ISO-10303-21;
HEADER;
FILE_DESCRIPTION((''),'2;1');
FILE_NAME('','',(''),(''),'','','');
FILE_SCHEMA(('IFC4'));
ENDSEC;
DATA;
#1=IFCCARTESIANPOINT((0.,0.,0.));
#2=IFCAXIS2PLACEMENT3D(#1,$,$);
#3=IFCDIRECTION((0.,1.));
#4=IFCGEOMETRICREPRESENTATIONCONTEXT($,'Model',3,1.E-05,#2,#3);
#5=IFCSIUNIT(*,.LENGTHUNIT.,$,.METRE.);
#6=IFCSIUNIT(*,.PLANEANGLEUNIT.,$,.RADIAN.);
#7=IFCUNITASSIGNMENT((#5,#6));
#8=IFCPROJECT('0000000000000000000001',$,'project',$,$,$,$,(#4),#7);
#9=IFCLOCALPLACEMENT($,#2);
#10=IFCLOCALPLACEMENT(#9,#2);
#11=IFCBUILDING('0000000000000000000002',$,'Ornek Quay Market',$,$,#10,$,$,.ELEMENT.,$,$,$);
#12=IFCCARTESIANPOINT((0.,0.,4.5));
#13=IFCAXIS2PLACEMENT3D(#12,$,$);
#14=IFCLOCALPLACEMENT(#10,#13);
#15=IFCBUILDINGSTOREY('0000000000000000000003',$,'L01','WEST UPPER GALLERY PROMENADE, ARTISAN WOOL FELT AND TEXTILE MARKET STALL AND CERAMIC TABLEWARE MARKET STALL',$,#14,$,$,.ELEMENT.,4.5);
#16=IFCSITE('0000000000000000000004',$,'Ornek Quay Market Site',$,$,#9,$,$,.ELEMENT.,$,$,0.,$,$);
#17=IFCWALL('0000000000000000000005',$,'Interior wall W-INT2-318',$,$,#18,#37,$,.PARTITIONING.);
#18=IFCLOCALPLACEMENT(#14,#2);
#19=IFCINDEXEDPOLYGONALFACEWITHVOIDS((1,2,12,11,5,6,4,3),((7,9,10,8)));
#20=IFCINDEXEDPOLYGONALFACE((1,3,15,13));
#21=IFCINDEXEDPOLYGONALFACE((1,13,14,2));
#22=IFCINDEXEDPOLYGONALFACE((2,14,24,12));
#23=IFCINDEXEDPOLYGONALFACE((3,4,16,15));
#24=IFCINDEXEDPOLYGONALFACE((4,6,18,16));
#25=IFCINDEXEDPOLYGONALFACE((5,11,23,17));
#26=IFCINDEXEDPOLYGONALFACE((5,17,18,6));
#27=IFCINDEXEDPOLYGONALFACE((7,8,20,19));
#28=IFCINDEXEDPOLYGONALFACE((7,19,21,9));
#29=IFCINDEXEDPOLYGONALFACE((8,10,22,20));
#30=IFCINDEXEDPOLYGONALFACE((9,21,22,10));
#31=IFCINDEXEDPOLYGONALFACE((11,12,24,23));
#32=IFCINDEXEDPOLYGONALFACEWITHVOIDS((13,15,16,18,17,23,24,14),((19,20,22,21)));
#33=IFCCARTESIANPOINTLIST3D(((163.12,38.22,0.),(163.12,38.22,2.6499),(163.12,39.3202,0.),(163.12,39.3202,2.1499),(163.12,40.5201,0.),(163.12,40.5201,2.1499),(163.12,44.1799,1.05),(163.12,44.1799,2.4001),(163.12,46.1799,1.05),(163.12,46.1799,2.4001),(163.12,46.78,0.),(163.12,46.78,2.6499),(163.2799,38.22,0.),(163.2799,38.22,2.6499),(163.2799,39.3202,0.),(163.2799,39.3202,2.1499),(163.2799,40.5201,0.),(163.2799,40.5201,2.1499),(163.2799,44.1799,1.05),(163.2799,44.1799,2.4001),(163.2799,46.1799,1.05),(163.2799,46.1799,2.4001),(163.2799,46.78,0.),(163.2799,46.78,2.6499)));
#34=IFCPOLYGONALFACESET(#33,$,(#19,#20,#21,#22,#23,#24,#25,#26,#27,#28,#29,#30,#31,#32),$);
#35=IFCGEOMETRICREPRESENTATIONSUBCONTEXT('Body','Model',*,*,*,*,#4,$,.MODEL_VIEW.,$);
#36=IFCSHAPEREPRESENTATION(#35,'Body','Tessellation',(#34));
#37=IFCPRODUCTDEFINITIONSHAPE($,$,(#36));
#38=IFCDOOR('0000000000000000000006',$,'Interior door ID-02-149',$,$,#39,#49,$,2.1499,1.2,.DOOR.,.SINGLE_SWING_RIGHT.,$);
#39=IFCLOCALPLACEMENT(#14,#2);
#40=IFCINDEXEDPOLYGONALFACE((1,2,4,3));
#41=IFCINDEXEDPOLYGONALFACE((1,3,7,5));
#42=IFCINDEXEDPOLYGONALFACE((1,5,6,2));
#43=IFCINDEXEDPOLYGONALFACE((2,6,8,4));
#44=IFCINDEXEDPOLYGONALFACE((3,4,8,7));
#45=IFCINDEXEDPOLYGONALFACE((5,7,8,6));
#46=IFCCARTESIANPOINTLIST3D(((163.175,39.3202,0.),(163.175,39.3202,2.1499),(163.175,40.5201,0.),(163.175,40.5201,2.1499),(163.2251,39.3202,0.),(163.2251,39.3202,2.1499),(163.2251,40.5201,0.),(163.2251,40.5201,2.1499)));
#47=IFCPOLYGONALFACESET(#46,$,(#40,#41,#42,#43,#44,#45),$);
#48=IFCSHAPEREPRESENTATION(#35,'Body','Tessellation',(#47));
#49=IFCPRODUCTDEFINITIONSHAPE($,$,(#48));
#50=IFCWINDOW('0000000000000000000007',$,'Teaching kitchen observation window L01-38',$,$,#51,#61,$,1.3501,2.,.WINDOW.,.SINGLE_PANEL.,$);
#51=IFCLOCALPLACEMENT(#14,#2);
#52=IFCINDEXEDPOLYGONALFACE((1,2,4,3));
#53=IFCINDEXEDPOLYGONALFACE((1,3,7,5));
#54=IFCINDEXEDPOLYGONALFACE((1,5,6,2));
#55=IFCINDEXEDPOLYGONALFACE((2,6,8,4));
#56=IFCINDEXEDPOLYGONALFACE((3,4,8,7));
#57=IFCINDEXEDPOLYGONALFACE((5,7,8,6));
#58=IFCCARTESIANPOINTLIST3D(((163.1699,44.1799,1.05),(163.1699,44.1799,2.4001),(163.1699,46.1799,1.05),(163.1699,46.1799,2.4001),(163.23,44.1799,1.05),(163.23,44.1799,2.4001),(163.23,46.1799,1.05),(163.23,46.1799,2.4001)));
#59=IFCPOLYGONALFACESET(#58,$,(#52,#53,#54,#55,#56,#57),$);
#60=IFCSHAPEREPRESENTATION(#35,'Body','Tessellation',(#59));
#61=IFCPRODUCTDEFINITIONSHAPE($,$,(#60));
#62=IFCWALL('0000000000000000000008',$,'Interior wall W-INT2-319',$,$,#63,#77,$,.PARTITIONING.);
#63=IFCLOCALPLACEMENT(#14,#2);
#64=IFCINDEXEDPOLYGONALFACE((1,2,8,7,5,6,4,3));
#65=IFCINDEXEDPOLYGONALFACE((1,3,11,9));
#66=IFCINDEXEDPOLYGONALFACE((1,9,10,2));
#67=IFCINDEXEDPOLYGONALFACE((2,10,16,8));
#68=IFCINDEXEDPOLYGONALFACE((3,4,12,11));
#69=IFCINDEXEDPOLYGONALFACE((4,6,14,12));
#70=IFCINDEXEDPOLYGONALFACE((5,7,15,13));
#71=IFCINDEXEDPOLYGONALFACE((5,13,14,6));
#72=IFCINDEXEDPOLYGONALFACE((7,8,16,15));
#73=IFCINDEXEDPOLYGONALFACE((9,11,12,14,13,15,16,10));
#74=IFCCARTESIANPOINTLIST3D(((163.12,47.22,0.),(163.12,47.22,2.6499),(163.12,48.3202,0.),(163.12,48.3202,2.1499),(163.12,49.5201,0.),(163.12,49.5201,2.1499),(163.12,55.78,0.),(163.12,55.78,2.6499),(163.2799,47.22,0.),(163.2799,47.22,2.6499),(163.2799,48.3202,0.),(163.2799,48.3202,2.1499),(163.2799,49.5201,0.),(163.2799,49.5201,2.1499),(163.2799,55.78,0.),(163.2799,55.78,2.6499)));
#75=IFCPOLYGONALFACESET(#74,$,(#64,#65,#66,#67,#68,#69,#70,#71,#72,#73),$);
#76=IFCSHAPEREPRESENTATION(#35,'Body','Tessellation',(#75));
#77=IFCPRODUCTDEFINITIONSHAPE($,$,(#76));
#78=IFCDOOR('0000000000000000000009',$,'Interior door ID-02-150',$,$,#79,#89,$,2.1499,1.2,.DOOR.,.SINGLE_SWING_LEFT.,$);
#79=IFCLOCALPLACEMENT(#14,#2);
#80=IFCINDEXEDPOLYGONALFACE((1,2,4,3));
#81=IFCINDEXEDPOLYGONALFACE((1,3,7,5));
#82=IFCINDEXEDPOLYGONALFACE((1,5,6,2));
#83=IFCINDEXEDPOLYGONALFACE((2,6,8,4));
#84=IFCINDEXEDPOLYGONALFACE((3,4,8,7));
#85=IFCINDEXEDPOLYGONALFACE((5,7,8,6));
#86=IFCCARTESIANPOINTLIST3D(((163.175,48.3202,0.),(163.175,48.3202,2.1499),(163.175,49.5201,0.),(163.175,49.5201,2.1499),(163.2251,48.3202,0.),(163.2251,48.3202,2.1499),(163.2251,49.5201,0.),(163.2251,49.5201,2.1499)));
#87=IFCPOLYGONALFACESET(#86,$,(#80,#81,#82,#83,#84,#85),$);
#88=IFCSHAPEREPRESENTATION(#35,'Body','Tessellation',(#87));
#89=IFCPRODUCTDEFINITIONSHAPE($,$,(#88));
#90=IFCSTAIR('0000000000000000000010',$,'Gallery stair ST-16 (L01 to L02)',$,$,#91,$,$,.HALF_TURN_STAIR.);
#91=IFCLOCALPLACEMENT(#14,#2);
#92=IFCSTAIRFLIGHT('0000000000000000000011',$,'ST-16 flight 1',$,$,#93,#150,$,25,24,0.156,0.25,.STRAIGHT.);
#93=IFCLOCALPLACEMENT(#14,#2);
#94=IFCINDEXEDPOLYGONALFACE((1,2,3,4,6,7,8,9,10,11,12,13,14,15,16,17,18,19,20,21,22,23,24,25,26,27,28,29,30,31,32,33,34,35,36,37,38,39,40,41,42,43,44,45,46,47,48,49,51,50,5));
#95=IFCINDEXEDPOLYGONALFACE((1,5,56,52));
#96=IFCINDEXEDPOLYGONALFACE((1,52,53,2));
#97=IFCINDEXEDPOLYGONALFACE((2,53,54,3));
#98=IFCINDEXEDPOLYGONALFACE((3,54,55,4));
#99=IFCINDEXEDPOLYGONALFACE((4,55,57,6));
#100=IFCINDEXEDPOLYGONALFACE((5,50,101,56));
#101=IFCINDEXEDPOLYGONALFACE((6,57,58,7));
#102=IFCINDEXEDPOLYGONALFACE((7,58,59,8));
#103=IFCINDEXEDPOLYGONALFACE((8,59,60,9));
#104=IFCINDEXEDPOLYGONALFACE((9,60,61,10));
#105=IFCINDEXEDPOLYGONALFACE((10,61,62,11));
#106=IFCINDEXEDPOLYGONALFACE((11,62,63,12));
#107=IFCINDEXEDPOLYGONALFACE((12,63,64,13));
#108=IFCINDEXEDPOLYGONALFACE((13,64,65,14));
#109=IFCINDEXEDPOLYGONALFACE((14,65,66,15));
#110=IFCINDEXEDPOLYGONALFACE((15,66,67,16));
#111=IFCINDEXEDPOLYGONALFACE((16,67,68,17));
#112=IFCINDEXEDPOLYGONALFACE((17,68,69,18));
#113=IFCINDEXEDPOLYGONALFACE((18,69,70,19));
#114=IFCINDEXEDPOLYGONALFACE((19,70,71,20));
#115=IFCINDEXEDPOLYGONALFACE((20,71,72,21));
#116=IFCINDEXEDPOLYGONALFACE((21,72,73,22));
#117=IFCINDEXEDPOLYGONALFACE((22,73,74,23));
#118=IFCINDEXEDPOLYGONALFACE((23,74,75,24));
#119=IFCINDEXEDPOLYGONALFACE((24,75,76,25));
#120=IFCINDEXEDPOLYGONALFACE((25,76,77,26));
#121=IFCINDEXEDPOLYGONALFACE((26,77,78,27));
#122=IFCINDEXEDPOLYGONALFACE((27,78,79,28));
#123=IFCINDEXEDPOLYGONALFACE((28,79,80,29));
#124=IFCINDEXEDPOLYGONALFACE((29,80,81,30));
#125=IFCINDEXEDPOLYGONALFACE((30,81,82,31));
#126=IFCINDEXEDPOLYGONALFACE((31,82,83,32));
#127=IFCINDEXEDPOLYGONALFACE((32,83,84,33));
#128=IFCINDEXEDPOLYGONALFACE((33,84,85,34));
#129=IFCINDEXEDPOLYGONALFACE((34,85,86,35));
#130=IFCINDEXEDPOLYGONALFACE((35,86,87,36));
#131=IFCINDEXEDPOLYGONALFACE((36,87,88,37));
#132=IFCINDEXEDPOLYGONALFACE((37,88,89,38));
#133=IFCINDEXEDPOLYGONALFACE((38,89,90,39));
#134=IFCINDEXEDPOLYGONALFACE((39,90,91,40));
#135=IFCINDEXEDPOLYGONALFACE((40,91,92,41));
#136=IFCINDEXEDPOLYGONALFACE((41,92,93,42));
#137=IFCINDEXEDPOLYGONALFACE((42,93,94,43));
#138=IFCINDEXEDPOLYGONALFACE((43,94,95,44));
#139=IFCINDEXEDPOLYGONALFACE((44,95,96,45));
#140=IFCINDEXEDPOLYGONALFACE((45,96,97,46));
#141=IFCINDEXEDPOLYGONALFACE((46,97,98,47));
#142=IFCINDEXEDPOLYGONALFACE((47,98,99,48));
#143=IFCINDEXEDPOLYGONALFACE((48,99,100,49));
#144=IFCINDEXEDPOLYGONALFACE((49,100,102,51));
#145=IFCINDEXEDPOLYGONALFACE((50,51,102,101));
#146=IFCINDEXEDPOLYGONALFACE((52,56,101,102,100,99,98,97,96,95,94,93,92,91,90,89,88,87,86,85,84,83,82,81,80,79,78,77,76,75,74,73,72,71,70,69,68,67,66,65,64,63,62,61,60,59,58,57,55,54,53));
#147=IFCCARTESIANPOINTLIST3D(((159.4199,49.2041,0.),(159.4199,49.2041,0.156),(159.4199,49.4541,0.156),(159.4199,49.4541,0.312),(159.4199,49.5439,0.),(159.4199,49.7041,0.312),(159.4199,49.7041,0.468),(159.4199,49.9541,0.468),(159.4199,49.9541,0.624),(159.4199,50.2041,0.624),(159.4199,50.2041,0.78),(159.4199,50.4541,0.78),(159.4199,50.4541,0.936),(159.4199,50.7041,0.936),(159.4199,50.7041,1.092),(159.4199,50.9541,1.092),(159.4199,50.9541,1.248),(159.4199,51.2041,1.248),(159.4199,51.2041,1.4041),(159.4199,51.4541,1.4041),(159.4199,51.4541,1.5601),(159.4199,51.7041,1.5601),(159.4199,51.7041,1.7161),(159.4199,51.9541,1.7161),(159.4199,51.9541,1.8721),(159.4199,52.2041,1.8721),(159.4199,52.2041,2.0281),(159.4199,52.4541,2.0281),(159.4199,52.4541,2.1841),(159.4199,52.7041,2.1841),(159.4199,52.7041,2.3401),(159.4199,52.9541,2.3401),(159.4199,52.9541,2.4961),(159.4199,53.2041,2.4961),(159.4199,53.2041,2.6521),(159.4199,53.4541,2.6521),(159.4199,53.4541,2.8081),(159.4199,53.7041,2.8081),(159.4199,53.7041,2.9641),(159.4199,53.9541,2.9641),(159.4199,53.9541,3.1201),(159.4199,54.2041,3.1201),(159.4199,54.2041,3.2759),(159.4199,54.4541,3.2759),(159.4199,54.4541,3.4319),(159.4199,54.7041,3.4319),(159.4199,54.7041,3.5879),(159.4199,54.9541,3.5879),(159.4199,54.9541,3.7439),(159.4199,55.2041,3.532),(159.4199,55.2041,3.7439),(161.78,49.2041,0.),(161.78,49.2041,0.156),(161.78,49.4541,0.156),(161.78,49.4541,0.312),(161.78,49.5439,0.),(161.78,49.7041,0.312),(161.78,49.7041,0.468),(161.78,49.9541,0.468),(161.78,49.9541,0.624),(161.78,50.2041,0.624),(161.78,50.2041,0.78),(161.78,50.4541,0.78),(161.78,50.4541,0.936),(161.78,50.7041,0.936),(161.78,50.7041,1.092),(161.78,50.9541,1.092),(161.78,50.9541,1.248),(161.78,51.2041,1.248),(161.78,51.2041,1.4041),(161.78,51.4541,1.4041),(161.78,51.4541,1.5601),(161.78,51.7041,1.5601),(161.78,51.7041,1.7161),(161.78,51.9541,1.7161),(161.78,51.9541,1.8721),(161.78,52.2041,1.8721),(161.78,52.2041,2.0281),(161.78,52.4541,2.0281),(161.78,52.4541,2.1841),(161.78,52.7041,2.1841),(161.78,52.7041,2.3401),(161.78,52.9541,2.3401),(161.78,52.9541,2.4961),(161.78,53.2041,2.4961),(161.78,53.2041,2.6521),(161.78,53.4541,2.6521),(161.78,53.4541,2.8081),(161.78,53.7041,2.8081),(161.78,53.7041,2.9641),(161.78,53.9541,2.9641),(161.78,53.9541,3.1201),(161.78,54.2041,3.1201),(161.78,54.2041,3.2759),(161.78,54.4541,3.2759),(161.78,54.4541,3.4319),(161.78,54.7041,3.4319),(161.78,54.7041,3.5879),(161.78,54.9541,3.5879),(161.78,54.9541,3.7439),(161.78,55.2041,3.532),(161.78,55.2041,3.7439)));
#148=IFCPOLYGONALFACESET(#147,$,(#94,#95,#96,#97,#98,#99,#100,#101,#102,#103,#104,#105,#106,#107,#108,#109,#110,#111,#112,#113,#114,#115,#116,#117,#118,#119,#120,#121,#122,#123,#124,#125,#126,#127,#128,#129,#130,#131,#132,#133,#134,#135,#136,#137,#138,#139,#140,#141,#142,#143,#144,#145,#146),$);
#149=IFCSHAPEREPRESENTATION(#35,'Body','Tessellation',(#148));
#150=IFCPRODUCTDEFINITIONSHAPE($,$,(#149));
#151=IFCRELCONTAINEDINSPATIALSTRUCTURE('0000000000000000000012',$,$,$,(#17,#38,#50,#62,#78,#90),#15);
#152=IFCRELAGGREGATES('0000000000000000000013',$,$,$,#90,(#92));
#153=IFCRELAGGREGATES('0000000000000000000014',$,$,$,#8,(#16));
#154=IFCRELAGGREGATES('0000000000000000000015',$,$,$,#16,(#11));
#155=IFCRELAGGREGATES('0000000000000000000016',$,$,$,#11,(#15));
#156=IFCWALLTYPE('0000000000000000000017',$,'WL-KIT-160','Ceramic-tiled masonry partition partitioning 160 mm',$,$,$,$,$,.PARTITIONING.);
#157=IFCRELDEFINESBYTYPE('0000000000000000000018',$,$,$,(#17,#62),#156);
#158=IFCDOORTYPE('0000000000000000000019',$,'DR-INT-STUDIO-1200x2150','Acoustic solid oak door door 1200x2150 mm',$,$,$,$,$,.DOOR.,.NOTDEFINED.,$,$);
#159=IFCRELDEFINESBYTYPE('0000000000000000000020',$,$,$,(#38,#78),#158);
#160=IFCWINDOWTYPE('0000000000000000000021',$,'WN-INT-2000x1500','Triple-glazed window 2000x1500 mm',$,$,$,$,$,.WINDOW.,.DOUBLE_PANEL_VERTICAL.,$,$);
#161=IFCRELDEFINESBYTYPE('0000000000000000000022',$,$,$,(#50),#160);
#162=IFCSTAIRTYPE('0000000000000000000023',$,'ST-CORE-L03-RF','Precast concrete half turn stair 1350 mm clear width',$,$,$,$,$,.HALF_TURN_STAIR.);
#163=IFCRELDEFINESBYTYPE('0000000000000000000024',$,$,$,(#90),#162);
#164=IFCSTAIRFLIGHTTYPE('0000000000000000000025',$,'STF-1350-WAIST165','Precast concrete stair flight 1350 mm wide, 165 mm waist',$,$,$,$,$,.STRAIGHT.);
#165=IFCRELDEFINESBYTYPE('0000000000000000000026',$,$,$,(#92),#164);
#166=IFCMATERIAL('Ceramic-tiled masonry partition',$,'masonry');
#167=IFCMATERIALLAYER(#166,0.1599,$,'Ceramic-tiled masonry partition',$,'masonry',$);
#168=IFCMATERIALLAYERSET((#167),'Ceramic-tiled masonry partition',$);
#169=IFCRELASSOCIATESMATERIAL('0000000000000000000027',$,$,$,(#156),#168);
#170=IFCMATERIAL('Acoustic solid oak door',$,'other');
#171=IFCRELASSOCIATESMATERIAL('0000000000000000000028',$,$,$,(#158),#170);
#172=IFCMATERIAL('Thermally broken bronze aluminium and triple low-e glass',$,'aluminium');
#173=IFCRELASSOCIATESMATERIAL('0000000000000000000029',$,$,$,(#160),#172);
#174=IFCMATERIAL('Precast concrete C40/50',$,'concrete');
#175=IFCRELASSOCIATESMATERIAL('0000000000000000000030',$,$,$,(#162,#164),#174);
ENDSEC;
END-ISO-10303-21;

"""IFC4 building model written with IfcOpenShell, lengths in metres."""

from ifc_helpers import new_model, si_unit, direction, frame, frame_2d, origin, place, context, subcontext, project, spatial, polyline, rectangle, outline, extrude, material, layer, layer_set, type_object, element, fill, aggregate, save


model = new_model("IFC4")

# Units and contexts
model_context = context("Model", 3, precision=1e-05, world=origin(), true_north=direction((0.0, 1.0)))
body_context = subcontext(model_context, "Body", "Model", "MODEL_VIEW")
ifc_project = project(units=[si_unit("LENGTHUNIT", "METRE"), si_unit("PLANEANGLEUNIT", "RADIAN")], contexts=[model_context])

# Site, building, storey
site_placement = place(None, origin())
site = spatial("IfcSite", under=ifc_project, at=site_placement, Name="Ornek Quay Market Site", CompositionType="ELEMENT", RefElevation=0.0)
building_placement = place(site_placement, origin())
building = spatial("IfcBuilding", under=site, at=building_placement, Name="Ornek Quay Market", CompositionType="ELEMENT")
storey_placement = place(building_placement, frame((0.0, 0.0, 4.5)))
storey = spatial("IfcBuildingStorey", under=building, at=storey_placement, Name="L01", Description="WEST UPPER GALLERY PROMENADE, ARTISAN WOOL FELT AND TEXTILE MARKET STALL AND CERAMIC TABLEWARE MARKET STALL", CompositionType="ELEMENT", Elevation=4.5)

# Wall, openings, door, window
ifc_material_1 = material(Name="Ceramic-tiled masonry partition", Category="masonry")
ifc_layer_1 = layer(ifc_material_1, 0.1599, Name="Ceramic-tiled masonry partition", Category="masonry")
ifc_layer_set_1 = layer_set([ifc_layer_1], Name="Ceramic-tiled masonry partition")
wall_type = type_object("IfcWallType", Name="WL-KIT-160", Description="Ceramic-tiled masonry partition partitioning 160 mm", PredefinedType="PARTITIONING", material=ifc_layer_set_1)
wall_1_placement = place(storey_placement, frame((163.2, 38.22, 0.0), z_axis=(0.0, 0.0, 1.0), x_axis=(0.0, 1.0, 0.0)))
wall_1 = element("IfcWall", 1, at=wall_1_placement, inside=storey, type_object=wall_type, Name="Interior wall W-INT2-318", PredefinedType="PARTITIONING", context=body_context, shape_type="SweptSolid", body=[
    extrude(rectangle(XDim=8.5601, YDim=0.1599, at=frame_2d((4.28, 0.0))), origin(), (0.0, 0.0, 1.0), 2.6499),
])
opening_1_placement = place(wall_1_placement, frame((1.1001, 0.0, 0.0)))
opening_1 = element("IfcOpeningElement", 2, at=opening_1_placement, cuts=wall_1, PredefinedType="OPENING", context=body_context, shape_type="SweptSolid", body=[
    extrude(rectangle(XDim=1.2, YDim=2.1499, at=frame_2d((0.6001, 1.075))), frame((0.0, 0.0898, 0.0), z_axis=(0.0, -1.0, 0.0), x_axis=(1.0, 0.0, 0.0)), (0.0, 0.0, 1.0), 0.1799),
])
opening_2_placement = place(wall_1_placement, frame((5.96, 0.0, 1.05)))
opening_2 = element("IfcOpeningElement", 3, at=opening_2_placement, cuts=wall_1, PredefinedType="OPENING", context=body_context, shape_type="SweptSolid", body=[
    extrude(rectangle(XDim=2.0, YDim=1.3501, at=frame_2d((1.0, 0.675))), frame((0.0, 0.0898, 0.0), z_axis=(0.0, -1.0, 0.0), x_axis=(1.0, 0.0, 0.0)), (0.0, 0.0, 1.0), 0.1799),
])
ifc_material_2 = material(Name="Acoustic solid oak door", Category="other")
door_type = type_object("IfcDoorType", Name="DR-INT-STUDIO-1200x2150", Description="Acoustic solid oak door door 1200x2150 mm", OperationType="NOTDEFINED", PredefinedType="DOOR", material=ifc_material_2)
door_1_placement = place(opening_1_placement, origin())
door_1 = element("IfcDoor", 4, at=door_1_placement, inside=storey, type_object=door_type, Name="Interior door ID-02-149", OperationType="SINGLE_SWING_RIGHT", OverallHeight=2.1499, OverallWidth=1.2, PredefinedType="DOOR", context=body_context, shape_type="SweptSolid", body=[
    extrude(rectangle(XDim=1.2, YDim=2.1499, at=frame_2d((0.6001, 1.075))), frame((0.0, 0.0249, 0.0), z_axis=(0.0, -1.0, 0.0), x_axis=(1.0, 0.0, 0.0)), (0.0, 0.0, 1.0), 0.05),
])
fill(opening_1, door_1)
ifc_material_3 = material(Name="Thermally broken bronze aluminium and triple low-e glass", Category="aluminium")
window_type = type_object("IfcWindowType", Name="WN-INT-2000x1500", Description="Triple-glazed window 2000x1500 mm", PartitioningType="DOUBLE_PANEL_VERTICAL", PredefinedType="WINDOW", material=ifc_material_3)
window_placement = place(opening_2_placement, origin())
window = element("IfcWindow", 5, at=window_placement, inside=storey, type_object=window_type, Name="Teaching kitchen observation window L01-38", OverallHeight=1.3501, OverallWidth=2.0, PartitioningType="SINGLE_PANEL", PredefinedType="WINDOW", context=body_context, shape_type="SweptSolid", body=[
    extrude(rectangle(XDim=2.0, YDim=1.3501, at=frame_2d((1.0, 0.675))), frame((0.0, 0.03, 0.0), z_axis=(0.0, -1.0, 0.0), x_axis=(1.0, 0.0, 0.0)), (0.0, 0.0, 1.0), 0.0601),
])
fill(opening_2, window)

# Wall, opening, door
wall_2_placement = place(storey_placement, frame((163.2, 47.22, 0.0), z_axis=(0.0, 0.0, 1.0), x_axis=(0.0, 1.0, 0.0)))
wall_2 = element("IfcWall", 6, at=wall_2_placement, inside=storey, type_object=wall_type, Name="Interior wall W-INT2-319", PredefinedType="PARTITIONING", context=body_context, shape_type="SweptSolid", body=[
    extrude(rectangle(XDim=8.5601, YDim=0.1599, at=frame_2d((4.28, 0.0))), origin(), (0.0, 0.0, 1.0), 2.6499),
])
opening_3_placement = place(wall_2_placement, frame((1.1001, 0.0, 0.0)))
opening_3 = element("IfcOpeningElement", 7, at=opening_3_placement, cuts=wall_2, PredefinedType="OPENING", context=body_context, shape_type="SweptSolid", body=[
    extrude(rectangle(XDim=1.2, YDim=2.1499, at=frame_2d((0.6001, 1.075))), frame((0.0, 0.0898, 0.0), z_axis=(0.0, -1.0, 0.0), x_axis=(1.0, 0.0, 0.0)), (0.0, 0.0, 1.0), 0.1799),
])
door_2_placement = place(opening_3_placement, origin())
door_2 = element("IfcDoor", 8, at=door_2_placement, inside=storey, type_object=door_type, Name="Interior door ID-02-150", OperationType="SINGLE_SWING_LEFT", OverallHeight=2.1499, OverallWidth=1.2, PredefinedType="DOOR", context=body_context, shape_type="SweptSolid", body=[
    extrude(rectangle(XDim=1.2, YDim=2.1499, at=frame_2d((0.6001, 1.075))), frame((0.0, 0.0249, 0.0), z_axis=(0.0, -1.0, 0.0), x_axis=(1.0, 0.0, 0.0)), (0.0, 0.0, 1.0), 0.05),
])
fill(opening_3, door_2)

# Stair, stair flight
ifc_material_4 = material(Name="Precast concrete C40/50", Category="concrete")
stair_type = type_object("IfcStairType", Name="ST-CORE-L03-RF", Description="Precast concrete half turn stair 1350 mm clear width", PredefinedType="HALF_TURN_STAIR", material=ifc_material_4)
stair_placement = place(storey_placement, origin())
stair = element("IfcStair", 9, at=stair_placement, inside=storey, type_object=stair_type, Name="Gallery stair ST-16 (L01 to L02)", PredefinedType="HALF_TURN_STAIR")
stair_flight_type = type_object("IfcStairFlightType", Name="STF-1350-WAIST165", Description="Precast concrete stair flight 1350 mm wide, 165 mm waist", PredefinedType="STRAIGHT", material=ifc_material_4)
stair_flight_placement = place(storey_placement, frame((160.6001, 49.2041, 0.0), z_axis=(0.0, 0.0, 1.0), x_axis=(0.0, 1.0, 0.0)))
stair_flight = element("IfcStairFlight", 10, at=stair_flight_placement, type_object=stair_flight_type, Name="ST-16 flight 1", NumberOfRisers=25, NumberOfTreads=24, PredefinedType="STRAIGHT", RiserHeight=0.156, TreadLength=0.25, context=body_context, shape_type="SweptSolid", body=[
    extrude(outline(polyline([(0.0, 0.0), (0.0, 0.156), (0.25, 0.156), (0.25, 0.312), (0.5, 0.312), (0.5, 0.468), (0.75, 0.468), (0.75, 0.624), (1.0, 0.624), (1.0, 0.78), (1.25, 0.78), (1.25, 0.936), (1.5, 0.936), (1.5, 1.092), (1.75, 1.092), (1.75, 1.248), (2.0, 1.248), (2.0, 1.4041), (2.25, 1.4041), (2.25, 1.5601), (2.5, 1.5601), (2.5, 1.7161), (2.75, 1.7161), (2.75, 1.8721), (3.0, 1.8721), (3.0, 2.0281), (3.25, 2.0281), (3.25, 2.1841), (3.5, 2.1841), (3.5, 2.3401), (3.75, 2.3401), (3.75, 2.4961), (4.0, 2.4961), (4.0, 2.6521), (4.25, 2.6521), (4.25, 2.8081), (4.5, 2.8081), (4.5, 2.9641), (4.75, 2.9641), (4.75, 3.1201), (5.0, 3.1201), (5.0, 3.2759), (5.25, 3.2759), (5.25, 3.4319), (5.5, 3.4319), (5.5, 3.5879), (5.75, 3.5879), (5.75, 3.7439), (6.0, 3.7439), (6.0, 3.8999), (6.0, 3.532), (0.3398, 0.0), (0.0, 0.0)])), frame((0.0, 1.1802, 0.0), z_axis=(0.0, -1.0, 0.0), x_axis=(1.0, 0.0, 0.0)), (0.0, 0.0, 1.0), 2.3601),
])
aggregate(stair, [stair_flight])

save(model, "model.ifc")
